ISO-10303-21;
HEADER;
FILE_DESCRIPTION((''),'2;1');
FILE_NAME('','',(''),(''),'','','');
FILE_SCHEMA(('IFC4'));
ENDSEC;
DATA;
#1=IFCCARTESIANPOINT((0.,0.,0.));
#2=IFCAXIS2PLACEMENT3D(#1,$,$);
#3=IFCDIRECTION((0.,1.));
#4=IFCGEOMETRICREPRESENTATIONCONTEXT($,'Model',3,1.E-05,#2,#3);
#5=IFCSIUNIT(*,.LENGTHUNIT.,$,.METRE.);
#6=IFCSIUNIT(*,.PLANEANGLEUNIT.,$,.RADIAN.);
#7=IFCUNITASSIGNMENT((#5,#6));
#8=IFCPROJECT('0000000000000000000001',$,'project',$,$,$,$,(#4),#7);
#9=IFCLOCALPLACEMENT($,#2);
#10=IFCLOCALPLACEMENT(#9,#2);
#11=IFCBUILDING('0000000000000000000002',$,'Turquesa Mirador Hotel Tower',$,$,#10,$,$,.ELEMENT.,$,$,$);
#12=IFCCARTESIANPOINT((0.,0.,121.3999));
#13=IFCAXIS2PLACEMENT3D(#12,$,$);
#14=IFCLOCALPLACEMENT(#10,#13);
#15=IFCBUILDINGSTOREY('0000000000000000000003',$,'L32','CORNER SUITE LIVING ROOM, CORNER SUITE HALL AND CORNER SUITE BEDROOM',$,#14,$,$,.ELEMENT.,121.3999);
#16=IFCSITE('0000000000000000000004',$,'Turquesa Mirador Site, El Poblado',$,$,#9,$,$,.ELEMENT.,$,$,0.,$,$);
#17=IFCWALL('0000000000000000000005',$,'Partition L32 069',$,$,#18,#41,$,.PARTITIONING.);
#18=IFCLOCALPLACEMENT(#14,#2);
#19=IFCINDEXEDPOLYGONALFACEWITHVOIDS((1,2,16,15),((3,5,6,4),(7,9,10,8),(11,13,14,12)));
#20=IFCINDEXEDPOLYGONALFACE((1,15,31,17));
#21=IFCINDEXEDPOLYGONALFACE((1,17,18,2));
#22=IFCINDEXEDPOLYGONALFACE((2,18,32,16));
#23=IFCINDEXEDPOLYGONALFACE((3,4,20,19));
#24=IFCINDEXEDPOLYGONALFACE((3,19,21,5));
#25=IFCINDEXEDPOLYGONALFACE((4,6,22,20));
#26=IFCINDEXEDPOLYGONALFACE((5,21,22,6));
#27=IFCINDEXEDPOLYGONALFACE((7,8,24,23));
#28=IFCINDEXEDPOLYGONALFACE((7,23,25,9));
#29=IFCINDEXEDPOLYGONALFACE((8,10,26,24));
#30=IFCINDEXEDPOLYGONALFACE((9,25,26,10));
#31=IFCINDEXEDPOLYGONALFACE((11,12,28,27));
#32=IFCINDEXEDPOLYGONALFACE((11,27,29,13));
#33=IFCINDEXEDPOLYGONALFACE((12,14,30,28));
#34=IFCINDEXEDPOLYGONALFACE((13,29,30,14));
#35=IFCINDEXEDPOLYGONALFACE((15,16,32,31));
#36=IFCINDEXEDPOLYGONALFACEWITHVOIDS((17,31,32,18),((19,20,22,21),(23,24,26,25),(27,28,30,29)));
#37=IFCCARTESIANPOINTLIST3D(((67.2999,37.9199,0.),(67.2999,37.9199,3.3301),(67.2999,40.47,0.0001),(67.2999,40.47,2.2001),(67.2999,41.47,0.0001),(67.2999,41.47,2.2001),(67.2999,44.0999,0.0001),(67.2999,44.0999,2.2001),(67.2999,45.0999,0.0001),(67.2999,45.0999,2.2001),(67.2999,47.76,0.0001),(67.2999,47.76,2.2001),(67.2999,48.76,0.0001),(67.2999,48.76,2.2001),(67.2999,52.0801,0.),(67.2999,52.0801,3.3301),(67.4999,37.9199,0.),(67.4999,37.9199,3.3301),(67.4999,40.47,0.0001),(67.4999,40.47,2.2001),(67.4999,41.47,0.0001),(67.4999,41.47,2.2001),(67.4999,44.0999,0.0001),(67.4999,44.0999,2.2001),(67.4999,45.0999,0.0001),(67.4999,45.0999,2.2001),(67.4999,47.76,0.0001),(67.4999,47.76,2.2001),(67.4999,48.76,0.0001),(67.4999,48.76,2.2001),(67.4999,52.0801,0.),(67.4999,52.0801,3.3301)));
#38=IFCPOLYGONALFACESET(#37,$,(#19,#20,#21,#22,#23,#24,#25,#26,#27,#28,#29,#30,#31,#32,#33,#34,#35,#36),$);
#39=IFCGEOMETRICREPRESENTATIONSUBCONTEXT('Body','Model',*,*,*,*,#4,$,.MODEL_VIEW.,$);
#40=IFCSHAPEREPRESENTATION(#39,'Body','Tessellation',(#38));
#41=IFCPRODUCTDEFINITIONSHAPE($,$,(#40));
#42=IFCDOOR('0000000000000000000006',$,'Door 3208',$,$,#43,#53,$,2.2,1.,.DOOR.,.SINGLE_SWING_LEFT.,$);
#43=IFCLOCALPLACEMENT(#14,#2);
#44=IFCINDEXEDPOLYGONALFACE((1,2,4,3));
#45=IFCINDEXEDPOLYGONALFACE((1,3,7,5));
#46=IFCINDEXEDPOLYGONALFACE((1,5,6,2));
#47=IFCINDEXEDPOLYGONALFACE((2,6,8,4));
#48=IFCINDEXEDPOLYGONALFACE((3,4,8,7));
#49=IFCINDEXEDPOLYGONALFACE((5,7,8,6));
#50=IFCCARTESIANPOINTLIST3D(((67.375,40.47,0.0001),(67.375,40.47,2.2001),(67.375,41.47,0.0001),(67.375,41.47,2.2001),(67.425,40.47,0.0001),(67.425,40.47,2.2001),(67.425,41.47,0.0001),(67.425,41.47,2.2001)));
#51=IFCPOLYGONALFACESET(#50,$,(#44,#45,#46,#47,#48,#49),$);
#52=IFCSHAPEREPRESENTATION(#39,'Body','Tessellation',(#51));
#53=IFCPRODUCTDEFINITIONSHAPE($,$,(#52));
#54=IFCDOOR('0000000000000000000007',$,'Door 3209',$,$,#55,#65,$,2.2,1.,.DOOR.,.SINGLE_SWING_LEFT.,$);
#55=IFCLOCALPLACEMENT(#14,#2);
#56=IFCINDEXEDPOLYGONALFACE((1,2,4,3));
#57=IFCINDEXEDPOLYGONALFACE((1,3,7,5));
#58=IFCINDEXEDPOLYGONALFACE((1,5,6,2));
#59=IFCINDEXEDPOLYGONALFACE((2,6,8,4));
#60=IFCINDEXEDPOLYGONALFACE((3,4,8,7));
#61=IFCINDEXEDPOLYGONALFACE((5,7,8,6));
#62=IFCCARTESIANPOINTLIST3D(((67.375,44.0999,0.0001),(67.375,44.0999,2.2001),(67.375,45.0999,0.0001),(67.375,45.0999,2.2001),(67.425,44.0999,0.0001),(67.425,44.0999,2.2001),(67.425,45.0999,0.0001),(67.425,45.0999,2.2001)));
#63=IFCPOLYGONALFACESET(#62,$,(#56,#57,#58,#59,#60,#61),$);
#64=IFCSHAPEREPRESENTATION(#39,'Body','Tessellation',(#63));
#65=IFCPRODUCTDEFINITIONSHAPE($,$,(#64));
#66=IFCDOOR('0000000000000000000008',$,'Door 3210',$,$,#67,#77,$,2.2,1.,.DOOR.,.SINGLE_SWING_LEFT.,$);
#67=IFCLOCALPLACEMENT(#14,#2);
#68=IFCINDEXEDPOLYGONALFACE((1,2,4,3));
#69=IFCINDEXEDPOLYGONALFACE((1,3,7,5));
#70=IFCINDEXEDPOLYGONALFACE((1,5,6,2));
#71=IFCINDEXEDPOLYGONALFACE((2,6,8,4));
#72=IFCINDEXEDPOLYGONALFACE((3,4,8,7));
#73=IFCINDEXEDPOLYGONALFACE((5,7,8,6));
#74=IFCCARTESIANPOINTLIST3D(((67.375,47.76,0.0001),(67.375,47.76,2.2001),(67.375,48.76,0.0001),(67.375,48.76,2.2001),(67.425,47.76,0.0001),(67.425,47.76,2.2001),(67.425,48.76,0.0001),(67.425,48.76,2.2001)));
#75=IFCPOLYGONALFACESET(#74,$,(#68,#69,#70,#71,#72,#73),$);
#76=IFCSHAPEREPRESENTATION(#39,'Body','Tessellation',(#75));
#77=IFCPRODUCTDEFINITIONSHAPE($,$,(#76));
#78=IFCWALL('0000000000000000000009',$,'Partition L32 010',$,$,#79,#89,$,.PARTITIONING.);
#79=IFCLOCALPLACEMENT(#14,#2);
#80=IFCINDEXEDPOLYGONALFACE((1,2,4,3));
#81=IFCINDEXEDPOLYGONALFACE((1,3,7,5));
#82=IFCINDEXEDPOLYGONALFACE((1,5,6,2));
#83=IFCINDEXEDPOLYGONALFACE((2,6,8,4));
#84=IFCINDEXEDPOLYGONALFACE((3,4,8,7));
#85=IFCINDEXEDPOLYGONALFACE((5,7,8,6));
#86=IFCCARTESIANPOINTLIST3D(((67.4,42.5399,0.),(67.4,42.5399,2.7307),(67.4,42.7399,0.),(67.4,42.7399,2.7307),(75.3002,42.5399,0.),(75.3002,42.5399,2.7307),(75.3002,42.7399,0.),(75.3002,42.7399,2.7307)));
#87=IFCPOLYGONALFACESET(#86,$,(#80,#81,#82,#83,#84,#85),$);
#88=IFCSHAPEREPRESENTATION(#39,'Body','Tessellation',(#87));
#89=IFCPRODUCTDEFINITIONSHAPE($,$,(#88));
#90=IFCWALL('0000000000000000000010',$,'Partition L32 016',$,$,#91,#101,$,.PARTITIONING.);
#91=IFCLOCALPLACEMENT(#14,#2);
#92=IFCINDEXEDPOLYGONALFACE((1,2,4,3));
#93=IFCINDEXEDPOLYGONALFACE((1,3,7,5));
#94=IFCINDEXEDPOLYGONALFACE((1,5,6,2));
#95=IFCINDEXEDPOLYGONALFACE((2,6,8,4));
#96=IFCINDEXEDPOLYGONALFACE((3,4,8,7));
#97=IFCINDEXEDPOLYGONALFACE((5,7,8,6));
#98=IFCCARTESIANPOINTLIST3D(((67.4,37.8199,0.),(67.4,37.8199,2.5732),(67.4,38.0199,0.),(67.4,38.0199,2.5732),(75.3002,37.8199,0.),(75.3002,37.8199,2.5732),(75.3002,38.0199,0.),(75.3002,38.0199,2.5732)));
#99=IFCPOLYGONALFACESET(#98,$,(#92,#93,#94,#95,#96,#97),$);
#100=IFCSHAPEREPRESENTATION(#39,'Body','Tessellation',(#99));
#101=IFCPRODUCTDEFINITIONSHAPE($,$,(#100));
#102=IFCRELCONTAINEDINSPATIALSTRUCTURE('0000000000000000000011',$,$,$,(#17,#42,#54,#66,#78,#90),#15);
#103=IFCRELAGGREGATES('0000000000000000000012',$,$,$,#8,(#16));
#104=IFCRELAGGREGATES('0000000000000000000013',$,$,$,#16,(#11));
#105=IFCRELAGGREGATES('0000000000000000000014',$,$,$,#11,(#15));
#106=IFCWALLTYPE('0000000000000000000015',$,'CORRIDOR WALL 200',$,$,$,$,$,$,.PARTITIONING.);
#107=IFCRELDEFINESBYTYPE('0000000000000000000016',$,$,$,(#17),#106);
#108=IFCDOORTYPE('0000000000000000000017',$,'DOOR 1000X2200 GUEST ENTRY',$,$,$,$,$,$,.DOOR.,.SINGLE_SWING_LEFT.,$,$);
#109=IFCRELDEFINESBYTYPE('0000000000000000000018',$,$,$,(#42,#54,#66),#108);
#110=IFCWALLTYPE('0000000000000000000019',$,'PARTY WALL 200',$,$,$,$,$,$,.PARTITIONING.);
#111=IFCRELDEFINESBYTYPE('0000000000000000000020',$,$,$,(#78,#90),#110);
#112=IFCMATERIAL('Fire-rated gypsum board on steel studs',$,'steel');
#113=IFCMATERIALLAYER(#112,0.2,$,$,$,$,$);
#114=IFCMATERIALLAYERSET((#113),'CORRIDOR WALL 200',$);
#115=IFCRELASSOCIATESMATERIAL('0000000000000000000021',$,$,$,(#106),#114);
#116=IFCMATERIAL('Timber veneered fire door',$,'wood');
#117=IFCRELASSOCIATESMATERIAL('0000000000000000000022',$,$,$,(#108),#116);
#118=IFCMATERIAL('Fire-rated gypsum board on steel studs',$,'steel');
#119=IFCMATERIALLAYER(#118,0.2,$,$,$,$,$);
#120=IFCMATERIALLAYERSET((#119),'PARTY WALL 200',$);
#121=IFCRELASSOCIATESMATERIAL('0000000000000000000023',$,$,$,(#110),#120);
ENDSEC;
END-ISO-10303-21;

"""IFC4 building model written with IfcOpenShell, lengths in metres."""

from ifc_helpers import new_model, si_unit, direction, frame, frame_2d, origin, place, context, subcontext, project, spatial, rectangle, extrude, material, layer, layer_set, type_object, element, fill, save


model = new_model("IFC4")

# Units and contexts
model_context = context("Model", 3, precision=1e-05, world=origin(), true_north=direction((0.0, 1.0)))
body_context = subcontext(model_context, "Body", "Model", "MODEL_VIEW")
ifc_project = project(units=[si_unit("LENGTHUNIT", "METRE"), si_unit("PLANEANGLEUNIT", "RADIAN")], contexts=[model_context])

# Site, building, storey
site_placement = place(None, origin())
site = spatial("IfcSite", under=ifc_project, at=site_placement, Name="Turquesa Mirador Site, El Poblado", CompositionType="ELEMENT", RefElevation=0.0)
building_placement = place(site_placement, origin())
building = spatial("IfcBuilding", under=site, at=building_placement, Name="Turquesa Mirador Hotel Tower", CompositionType="ELEMENT")
storey_placement = place(building_placement, frame((0.0, 0.0, 121.3999)))
storey = spatial("IfcBuildingStorey", under=building, at=storey_placement, Name="L32", Description="CORNER SUITE LIVING ROOM, CORNER SUITE HALL AND CORNER SUITE BEDROOM", CompositionType="ELEMENT", Elevation=121.3999)

# Shared definitions
ifc_material_1 = material(Name="Fire-rated gypsum board on steel studs", Category="steel")
ifc_layer_1 = layer(ifc_material_1, 0.2)
ifc_layer_set_1 = layer_set([ifc_layer_1], Name="CORRIDOR WALL 200")
wall_type_1 = type_object("IfcWallType", Name="CORRIDOR WALL 200", PredefinedType="PARTITIONING", material=ifc_layer_set_1)

# Wall, openings, doors
wall_1_placement = place(storey_placement, frame((67.3999, 37.9199, 0.0), z_axis=(0.0, 0.0, 1.0), x_axis=(0.0, 1.0, 0.0)))
wall_1 = element("IfcWall", 1, at=wall_1_placement, inside=storey, type_object=wall_type_1, Name="Partition L32 069", PredefinedType="PARTITIONING", context=body_context, shape_type="SweptSolid", body=[
    extrude(rectangle(XDim=14.1602, YDim=0.2, at=frame_2d((7.0801, 0.0))), origin(), (0.0, 0.0, 1.0), 3.3301),
])
opening_1_placement = place(wall_1_placement, frame((2.55, 0.0, 0.0)))
opening_1 = element("IfcOpeningElement", 2, at=opening_1_placement, cuts=wall_1, PredefinedType="OPENING", context=body_context, shape_type="SweptSolid", body=[
    extrude(rectangle(XDim=1.0, YDim=2.2, at=frame_2d((0.5, 1.1001))), frame((0.0, 0.1099, 0.0), z_axis=(0.0, -1.0, 0.0), x_axis=(1.0, 0.0, 0.0)), (0.0, 0.0, 1.0), 0.22),
])
opening_2_placement = place(wall_1_placement, frame((6.1799, 0.0, 0.0)))
opening_2 = element("IfcOpeningElement", 3, at=opening_2_placement, cuts=wall_1, PredefinedType="OPENING", context=body_context, shape_type="SweptSolid", body=[
    extrude(rectangle(XDim=1.0, YDim=2.2, at=frame_2d((0.5, 1.1001))), frame((0.0, 0.1099, 0.0), z_axis=(0.0, -1.0, 0.0), x_axis=(1.0, 0.0, 0.0)), (0.0, 0.0, 1.0), 0.22),
])
opening_3_placement = place(wall_1_placement, frame((9.8401, 0.0, 0.0)))
opening_3 = element("IfcOpeningElement", 4, at=opening_3_placement, cuts=wall_1, PredefinedType="OPENING", context=body_context, shape_type="SweptSolid", body=[
    extrude(rectangle(XDim=1.0, YDim=2.2, at=frame_2d((0.5, 1.1001))), frame((0.0, 0.1099, 0.0), z_axis=(0.0, -1.0, 0.0), x_axis=(1.0, 0.0, 0.0)), (0.0, 0.0, 1.0), 0.22),
])
ifc_material_2 = material(Name="Timber veneered fire door", Category="wood")
door_type_1 = type_object("IfcDoorType", Name="DOOR 1000X2200 GUEST ENTRY", OperationType="SINGLE_SWING_LEFT", PredefinedType="DOOR", material=ifc_material_2)
door_1_placement = place(opening_1_placement, origin())
door_1 = element("IfcDoor", 5, at=door_1_placement, inside=storey, type_object=door_type_1, Name="Door 3208", OperationType="SINGLE_SWING_LEFT", OverallHeight=2.2, OverallWidth=1.0, PredefinedType="DOOR", context=body_context, shape_type="SweptSolid", body=[
    extrude(rectangle(XDim=1.0, YDim=2.2, at=frame_2d((0.5, 1.1001))), frame((0.0, 0.0249, 0.0), z_axis=(0.0, -1.0, 0.0), x_axis=(1.0, 0.0, 0.0)), (0.0, 0.0, 1.0), 0.05),
])
fill(opening_1, door_1)
door_2_placement = place(opening_2_placement, origin())
door_2 = element("IfcDoor", 6, at=door_2_placement, inside=storey, type_object=door_type_1, Name="Door 3209", OperationType="SINGLE_SWING_LEFT", OverallHeight=2.2, OverallWidth=1.0, PredefinedType="DOOR", context=body_context, shape_type="SweptSolid", body=[
    extrude(rectangle(XDim=1.0, YDim=2.2, at=frame_2d((0.5, 1.1001))), frame((0.0, 0.0249, 0.0), z_axis=(0.0, -1.0, 0.0), x_axis=(1.0, 0.0, 0.0)), (0.0, 0.0, 1.0), 0.05),
])
fill(opening_2, door_2)
door_3_placement = place(opening_3_placement, origin())
door_3 = element("IfcDoor", 7, at=door_3_placement, inside=storey, type_object=door_type_1, Name="Door 3210", OperationType="SINGLE_SWING_LEFT", OverallHeight=2.2, OverallWidth=1.0, PredefinedType="DOOR", context=body_context, shape_type="SweptSolid", body=[
    extrude(rectangle(XDim=1.0, YDim=2.2, at=frame_2d((0.5, 1.1001))), frame((0.0, 0.0249, 0.0), z_axis=(0.0, -1.0, 0.0), x_axis=(1.0, 0.0, 0.0)), (0.0, 0.0, 1.0), 0.05),
])
fill(opening_3, door_3)

# Walls
ifc_material_3 = material(Name="Fire-rated gypsum board on steel studs", Category="steel")
ifc_layer_2 = layer(ifc_material_3, 0.2)
ifc_layer_set_2 = layer_set([ifc_layer_2], Name="PARTY WALL 200")
wall_type_2 = type_object("IfcWallType", Name="PARTY WALL 200", PredefinedType="PARTITIONING", material=ifc_layer_set_2)
wall_2_placement = place(storey_placement, frame((67.3999, 42.6399, 0.0), z_axis=(0.0, 0.0, 1.0), x_axis=(1.0, 0.0, 0.0)))
element("IfcWall", 8, at=wall_2_placement, inside=storey, type_object=wall_type_2, Name="Partition L32 010", PredefinedType="PARTITIONING", context=body_context, shape_type="SweptSolid", body=[
    extrude(rectangle(XDim=7.9001, YDim=0.2, at=frame_2d((3.9502, 0.0))), origin(), (0.0, 0.0, 1.0), 2.7307),
])
wall_3_placement = place(storey_placement, frame((67.3999, 37.9199, 0.0), z_axis=(0.0, 0.0, 1.0), x_axis=(1.0, 0.0, 0.0)))
element("IfcWall", 9, at=wall_3_placement, inside=storey, type_object=wall_type_2, Name="Partition L32 016", PredefinedType="PARTITIONING", context=body_context, shape_type="SweptSolid", body=[
    extrude(rectangle(XDim=7.9001, YDim=0.2, at=frame_2d((3.9502, 0.0))), origin(), (0.0, 0.0, 1.0), 2.5732),
])

save(model, "model.ifc")
